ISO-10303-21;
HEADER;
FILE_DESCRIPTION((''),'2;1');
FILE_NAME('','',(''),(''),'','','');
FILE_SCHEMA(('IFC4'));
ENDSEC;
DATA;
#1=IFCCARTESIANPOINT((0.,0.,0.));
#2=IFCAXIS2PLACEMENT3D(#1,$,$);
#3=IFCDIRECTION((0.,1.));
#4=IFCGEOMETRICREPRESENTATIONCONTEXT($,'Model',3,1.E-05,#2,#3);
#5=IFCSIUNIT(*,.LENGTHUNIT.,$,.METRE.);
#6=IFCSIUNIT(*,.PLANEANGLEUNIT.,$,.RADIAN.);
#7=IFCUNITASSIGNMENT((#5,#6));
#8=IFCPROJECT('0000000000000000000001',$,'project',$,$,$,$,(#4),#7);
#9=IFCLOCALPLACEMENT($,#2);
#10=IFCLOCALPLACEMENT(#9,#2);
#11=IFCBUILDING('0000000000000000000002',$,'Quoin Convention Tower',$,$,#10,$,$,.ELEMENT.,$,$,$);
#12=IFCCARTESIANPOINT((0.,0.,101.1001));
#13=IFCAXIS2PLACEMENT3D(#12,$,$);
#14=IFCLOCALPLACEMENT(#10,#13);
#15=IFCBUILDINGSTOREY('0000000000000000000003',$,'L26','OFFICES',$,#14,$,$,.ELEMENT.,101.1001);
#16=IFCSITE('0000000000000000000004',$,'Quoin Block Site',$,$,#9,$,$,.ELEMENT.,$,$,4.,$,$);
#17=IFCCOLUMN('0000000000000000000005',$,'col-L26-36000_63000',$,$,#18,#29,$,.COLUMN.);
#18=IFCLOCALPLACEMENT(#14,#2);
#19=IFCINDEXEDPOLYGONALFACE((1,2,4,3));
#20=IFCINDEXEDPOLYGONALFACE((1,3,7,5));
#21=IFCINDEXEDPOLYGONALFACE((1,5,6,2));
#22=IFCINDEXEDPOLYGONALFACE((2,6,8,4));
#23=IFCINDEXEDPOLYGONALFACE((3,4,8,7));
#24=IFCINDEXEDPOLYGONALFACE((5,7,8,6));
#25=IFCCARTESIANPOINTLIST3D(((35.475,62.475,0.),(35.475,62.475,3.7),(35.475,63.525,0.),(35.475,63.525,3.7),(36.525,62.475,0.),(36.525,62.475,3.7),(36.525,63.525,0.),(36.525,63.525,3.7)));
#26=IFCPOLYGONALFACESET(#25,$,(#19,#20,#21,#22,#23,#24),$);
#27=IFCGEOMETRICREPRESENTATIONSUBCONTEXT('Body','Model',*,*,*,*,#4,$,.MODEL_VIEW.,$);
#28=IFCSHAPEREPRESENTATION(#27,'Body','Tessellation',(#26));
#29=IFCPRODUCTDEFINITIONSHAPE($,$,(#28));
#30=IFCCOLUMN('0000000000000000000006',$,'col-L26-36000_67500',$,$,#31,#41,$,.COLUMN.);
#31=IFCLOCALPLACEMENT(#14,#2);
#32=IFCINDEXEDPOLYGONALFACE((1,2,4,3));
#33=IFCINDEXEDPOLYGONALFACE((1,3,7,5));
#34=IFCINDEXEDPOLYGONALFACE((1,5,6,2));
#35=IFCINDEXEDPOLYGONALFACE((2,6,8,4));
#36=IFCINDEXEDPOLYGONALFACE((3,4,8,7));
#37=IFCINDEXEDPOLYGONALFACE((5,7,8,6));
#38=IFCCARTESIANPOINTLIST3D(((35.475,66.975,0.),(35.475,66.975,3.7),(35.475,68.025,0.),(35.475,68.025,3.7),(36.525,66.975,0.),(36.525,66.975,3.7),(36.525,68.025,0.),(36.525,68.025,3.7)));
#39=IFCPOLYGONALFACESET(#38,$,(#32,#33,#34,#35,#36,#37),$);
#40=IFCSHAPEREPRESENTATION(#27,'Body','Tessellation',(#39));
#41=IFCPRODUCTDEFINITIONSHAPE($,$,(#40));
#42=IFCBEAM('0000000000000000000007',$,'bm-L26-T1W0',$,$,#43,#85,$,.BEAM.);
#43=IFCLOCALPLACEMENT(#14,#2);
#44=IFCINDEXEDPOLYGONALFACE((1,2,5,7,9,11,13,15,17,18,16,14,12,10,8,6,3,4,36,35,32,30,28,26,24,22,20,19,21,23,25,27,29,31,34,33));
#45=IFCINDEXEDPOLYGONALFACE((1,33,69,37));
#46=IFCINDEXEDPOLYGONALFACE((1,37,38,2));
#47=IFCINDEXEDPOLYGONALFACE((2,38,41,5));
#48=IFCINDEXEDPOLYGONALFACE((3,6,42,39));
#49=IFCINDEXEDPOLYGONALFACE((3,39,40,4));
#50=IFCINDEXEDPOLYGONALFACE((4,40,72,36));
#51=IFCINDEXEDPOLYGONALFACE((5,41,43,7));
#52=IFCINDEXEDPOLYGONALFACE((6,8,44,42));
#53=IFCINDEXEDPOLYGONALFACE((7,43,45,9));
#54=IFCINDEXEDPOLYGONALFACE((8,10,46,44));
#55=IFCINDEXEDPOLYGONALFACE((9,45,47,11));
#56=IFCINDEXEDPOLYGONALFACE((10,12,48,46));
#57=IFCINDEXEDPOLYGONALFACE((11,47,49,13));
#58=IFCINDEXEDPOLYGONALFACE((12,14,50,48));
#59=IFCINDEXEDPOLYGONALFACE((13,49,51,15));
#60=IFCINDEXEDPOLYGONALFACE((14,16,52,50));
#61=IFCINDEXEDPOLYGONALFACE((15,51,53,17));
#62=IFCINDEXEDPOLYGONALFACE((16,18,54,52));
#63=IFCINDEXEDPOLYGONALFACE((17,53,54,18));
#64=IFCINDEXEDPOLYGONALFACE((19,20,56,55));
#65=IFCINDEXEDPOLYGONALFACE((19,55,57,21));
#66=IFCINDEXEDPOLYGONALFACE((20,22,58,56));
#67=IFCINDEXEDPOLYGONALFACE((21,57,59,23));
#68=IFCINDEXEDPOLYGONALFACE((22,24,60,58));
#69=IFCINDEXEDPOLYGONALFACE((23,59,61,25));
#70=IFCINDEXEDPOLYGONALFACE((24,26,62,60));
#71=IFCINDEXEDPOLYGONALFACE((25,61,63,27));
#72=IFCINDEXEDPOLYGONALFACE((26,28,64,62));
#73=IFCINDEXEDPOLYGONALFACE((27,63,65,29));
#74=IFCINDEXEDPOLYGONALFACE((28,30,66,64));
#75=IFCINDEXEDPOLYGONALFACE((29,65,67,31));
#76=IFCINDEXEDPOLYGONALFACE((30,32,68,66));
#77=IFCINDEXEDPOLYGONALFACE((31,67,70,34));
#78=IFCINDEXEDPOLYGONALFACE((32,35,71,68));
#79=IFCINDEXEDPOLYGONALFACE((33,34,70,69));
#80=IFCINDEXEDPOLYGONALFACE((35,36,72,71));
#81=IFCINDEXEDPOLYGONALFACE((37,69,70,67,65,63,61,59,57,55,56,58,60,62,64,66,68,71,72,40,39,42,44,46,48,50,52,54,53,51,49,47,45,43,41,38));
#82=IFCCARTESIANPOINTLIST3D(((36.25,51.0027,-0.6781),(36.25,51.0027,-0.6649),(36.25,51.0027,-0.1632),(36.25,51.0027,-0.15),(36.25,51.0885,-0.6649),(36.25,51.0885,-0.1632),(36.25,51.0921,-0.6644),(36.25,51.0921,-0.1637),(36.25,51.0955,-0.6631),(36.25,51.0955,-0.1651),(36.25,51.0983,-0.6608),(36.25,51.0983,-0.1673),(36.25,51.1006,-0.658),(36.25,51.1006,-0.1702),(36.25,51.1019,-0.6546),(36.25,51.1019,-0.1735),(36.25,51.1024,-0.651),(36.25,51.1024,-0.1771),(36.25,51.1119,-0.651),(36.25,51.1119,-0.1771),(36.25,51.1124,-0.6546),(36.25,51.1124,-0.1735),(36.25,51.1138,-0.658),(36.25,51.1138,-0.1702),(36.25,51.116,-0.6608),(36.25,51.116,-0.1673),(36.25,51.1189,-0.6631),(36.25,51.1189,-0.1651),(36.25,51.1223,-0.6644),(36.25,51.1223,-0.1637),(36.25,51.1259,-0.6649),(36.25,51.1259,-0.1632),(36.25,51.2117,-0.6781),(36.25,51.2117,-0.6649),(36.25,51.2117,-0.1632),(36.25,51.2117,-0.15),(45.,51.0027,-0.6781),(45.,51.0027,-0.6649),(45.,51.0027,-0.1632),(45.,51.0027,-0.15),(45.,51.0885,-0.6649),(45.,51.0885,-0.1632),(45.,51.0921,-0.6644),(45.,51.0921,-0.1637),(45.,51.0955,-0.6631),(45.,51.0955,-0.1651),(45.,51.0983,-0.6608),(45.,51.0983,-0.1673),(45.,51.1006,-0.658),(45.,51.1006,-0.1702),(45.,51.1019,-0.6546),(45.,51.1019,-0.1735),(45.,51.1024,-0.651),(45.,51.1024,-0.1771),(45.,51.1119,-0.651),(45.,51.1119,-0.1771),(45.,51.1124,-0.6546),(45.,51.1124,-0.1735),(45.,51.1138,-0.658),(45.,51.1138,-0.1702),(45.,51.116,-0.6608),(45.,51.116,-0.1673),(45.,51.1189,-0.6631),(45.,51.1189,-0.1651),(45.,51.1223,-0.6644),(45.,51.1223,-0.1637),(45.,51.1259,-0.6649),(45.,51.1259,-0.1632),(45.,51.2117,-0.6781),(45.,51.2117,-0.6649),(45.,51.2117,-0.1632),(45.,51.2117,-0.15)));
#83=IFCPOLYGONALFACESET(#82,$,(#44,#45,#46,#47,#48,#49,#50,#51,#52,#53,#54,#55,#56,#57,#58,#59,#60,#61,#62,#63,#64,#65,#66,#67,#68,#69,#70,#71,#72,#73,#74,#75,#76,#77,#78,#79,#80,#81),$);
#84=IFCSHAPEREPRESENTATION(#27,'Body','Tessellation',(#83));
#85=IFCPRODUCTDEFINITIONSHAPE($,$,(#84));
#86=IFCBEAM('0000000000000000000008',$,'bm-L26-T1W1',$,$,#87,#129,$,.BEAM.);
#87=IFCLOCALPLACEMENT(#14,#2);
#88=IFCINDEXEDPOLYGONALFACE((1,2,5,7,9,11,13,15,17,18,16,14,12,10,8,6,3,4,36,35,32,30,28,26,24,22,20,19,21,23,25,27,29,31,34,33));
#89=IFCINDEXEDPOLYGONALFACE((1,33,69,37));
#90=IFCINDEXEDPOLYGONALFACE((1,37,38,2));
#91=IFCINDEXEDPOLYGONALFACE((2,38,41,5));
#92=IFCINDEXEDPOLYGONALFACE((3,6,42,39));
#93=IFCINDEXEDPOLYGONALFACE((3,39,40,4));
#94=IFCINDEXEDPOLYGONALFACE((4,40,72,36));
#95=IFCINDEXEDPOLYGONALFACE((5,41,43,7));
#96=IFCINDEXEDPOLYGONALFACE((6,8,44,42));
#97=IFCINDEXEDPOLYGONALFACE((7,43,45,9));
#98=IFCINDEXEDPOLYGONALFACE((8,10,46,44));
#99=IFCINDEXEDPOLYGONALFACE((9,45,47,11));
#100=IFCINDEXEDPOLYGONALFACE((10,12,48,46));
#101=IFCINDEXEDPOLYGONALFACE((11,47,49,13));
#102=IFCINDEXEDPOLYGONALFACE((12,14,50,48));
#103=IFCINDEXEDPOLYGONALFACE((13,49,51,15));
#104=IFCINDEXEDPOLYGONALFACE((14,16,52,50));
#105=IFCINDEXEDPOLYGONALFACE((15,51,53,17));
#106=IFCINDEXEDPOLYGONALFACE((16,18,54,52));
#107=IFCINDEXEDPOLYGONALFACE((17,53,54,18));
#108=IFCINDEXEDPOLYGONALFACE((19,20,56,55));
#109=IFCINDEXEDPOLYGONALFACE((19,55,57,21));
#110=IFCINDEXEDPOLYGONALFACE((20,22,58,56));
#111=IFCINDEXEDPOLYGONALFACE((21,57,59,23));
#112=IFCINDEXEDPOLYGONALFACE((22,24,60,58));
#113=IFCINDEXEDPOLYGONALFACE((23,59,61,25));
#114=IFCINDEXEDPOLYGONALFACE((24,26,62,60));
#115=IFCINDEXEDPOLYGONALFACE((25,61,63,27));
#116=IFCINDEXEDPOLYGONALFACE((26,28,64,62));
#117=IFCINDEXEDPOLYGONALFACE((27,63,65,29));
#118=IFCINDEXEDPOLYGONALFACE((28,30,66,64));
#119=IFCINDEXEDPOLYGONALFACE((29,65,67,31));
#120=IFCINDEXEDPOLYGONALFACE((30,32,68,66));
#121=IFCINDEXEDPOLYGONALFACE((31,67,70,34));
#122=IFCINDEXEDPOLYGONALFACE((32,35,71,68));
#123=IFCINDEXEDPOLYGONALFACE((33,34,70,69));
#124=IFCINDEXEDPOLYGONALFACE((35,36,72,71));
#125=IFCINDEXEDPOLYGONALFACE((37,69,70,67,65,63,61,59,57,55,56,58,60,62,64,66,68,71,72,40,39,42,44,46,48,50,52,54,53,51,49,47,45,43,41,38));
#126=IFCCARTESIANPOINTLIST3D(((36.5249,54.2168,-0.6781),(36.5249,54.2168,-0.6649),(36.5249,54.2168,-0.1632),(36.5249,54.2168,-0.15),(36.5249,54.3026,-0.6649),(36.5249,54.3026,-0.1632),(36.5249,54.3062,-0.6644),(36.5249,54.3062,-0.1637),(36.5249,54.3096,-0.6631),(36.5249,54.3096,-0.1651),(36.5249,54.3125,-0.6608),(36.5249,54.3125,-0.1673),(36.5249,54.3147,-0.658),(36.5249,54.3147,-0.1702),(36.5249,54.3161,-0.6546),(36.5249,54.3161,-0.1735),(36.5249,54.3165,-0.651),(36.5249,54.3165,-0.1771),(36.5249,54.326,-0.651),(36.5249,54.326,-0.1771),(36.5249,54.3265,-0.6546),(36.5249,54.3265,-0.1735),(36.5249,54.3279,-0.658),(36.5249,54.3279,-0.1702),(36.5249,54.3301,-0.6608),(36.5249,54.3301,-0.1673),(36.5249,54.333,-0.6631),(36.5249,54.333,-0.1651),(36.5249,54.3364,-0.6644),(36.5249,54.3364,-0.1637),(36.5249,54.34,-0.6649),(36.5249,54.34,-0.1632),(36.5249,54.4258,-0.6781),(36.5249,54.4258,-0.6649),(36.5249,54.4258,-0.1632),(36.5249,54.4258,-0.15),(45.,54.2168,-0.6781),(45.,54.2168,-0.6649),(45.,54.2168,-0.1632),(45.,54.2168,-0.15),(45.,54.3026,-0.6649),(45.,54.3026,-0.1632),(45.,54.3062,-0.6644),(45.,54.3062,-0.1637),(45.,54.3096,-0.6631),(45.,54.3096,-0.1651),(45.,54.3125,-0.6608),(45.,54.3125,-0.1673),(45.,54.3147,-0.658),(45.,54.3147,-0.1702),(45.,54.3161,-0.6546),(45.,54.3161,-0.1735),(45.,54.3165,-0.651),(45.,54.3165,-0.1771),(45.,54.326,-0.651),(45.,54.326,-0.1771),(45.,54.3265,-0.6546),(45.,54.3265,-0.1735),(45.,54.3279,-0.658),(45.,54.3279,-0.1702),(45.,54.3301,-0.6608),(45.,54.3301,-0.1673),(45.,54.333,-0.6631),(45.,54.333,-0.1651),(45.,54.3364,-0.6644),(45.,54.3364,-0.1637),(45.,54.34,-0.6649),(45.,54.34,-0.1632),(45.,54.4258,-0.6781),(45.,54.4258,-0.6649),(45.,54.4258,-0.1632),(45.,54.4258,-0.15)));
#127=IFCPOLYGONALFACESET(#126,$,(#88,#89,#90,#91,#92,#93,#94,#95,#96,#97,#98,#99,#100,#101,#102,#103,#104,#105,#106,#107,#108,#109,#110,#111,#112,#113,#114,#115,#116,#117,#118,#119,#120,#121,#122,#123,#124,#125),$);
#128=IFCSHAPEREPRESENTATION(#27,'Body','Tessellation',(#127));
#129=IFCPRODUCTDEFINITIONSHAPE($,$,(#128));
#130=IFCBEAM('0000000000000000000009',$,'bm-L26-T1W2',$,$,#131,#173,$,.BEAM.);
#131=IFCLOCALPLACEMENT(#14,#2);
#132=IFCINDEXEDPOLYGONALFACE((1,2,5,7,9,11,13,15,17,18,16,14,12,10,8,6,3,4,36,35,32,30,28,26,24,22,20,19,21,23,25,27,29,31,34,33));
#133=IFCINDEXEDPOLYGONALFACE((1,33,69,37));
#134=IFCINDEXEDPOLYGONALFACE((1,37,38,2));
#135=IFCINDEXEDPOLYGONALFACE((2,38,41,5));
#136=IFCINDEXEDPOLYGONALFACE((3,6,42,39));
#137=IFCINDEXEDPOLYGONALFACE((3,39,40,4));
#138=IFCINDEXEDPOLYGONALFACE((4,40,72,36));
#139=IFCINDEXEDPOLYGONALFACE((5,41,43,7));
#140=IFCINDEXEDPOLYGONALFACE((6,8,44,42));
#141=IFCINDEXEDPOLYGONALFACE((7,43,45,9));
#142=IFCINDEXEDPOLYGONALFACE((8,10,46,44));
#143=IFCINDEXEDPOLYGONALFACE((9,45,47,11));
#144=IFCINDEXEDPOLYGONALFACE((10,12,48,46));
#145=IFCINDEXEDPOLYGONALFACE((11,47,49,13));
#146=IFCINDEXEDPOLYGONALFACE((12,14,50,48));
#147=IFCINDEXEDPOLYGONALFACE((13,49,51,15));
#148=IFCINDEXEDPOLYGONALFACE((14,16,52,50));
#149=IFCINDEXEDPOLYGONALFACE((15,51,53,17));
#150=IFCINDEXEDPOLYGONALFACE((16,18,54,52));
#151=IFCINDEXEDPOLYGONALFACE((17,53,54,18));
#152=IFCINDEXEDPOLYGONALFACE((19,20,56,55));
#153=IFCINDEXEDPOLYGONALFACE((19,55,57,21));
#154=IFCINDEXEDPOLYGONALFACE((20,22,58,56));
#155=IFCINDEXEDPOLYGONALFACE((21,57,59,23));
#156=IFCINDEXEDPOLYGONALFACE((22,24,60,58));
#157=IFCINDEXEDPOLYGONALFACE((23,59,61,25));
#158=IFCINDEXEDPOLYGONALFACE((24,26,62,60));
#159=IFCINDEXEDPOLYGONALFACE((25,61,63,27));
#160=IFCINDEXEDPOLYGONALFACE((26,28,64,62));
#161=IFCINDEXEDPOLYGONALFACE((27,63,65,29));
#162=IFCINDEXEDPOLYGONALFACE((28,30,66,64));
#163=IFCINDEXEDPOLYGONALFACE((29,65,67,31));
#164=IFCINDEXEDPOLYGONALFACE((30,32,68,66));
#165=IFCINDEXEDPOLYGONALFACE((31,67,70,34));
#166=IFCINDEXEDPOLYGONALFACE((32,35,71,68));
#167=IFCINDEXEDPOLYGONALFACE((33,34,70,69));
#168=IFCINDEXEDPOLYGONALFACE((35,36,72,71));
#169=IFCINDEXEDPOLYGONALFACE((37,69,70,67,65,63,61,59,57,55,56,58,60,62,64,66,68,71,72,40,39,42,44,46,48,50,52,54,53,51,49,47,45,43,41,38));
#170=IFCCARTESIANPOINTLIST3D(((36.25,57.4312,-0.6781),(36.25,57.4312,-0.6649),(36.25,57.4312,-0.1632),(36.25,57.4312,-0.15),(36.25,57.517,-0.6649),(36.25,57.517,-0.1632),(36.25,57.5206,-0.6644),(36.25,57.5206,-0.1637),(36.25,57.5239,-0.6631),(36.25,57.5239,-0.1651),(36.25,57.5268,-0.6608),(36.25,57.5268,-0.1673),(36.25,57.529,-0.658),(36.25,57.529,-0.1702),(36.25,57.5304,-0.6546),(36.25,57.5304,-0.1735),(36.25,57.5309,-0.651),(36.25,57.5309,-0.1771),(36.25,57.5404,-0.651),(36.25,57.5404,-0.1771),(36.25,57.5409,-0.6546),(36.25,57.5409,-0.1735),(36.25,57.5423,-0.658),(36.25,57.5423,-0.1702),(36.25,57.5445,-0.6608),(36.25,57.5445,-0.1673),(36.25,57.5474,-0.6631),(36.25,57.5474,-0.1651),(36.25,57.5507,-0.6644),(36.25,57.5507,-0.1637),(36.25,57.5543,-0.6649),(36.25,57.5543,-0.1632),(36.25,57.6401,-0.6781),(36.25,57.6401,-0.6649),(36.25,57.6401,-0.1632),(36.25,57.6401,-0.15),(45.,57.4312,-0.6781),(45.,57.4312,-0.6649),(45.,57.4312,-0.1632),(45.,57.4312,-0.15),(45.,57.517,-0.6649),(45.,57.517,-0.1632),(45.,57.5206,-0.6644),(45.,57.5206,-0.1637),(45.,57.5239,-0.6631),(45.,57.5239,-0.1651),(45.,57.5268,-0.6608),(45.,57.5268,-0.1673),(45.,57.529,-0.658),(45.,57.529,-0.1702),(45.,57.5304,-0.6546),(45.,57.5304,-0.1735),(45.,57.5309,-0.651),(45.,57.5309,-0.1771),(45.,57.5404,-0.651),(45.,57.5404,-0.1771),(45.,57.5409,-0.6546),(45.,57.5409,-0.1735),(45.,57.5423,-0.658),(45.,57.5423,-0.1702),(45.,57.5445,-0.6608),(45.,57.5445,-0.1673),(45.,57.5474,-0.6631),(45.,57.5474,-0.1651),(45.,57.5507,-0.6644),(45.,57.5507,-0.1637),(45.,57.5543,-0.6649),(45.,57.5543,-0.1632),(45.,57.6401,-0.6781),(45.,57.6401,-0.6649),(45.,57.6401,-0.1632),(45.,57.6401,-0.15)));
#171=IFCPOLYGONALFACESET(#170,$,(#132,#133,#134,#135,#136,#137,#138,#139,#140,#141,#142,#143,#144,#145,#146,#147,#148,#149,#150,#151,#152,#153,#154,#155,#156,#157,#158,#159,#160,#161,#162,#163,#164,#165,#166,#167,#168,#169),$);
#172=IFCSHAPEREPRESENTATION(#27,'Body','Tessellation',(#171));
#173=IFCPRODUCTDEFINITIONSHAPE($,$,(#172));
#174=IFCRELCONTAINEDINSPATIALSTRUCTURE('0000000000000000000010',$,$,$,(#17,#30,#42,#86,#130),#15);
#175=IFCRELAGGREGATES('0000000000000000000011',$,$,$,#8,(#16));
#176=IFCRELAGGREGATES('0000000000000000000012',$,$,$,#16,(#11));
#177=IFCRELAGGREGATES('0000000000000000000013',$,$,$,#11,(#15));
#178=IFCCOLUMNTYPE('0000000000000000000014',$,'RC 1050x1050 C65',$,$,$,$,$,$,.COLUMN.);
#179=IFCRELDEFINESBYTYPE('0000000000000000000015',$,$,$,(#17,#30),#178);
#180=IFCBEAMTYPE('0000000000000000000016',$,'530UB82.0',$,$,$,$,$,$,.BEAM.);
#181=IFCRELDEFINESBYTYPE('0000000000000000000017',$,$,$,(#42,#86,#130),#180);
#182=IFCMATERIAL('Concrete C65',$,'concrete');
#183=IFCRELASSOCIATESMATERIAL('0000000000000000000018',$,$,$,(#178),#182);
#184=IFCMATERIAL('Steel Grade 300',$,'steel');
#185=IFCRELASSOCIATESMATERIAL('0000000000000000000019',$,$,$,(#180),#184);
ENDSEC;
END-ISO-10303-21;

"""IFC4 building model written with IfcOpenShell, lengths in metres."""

from ifc_helpers import new_model, si_unit, direction, frame, origin, origin_2d, place, context, subcontext, project, spatial, rectangle, i_section, extrude, material, material_profile, profile_set, type_object, element, save


model = new_model("IFC4")

# Units and contexts
model_context = context("Model", 3, precision=1e-05, world=origin(), true_north=direction((0.0, 1.0)))
body_context = subcontext(model_context, "Body", "Model", "MODEL_VIEW")
ifc_project = project(units=[si_unit("LENGTHUNIT", "METRE"), si_unit("PLANEANGLEUNIT", "RADIAN")], contexts=[model_context])

# Site, building, storey
site_placement = place(None, origin())
site = spatial("IfcSite", under=ifc_project, at=site_placement, Name="Quoin Block Site", CompositionType="ELEMENT", RefElevation=4.0)
building_placement = place(site_placement, origin())
building = spatial("IfcBuilding", under=site, at=building_placement, Name="Quoin Convention Tower", CompositionType="ELEMENT")
storey_placement = place(building_placement, frame((0.0, 0.0, 101.1001)))
storey = spatial("IfcBuildingStorey", under=building, at=storey_placement, Name="L26", Description="OFFICES", CompositionType="ELEMENT", Elevation=101.1001)

# Columns
ifc_material_1 = material(Name="Concrete C65", Category="concrete")
ifc_material_profile_1 = material_profile(ifc_material_1, rectangle(XDim=1.05, YDim=1.05, at=origin_2d()), Name="RC 1050x1050")
ifc_profile_set_1 = profile_set([ifc_material_profile_1], Name="Concrete C65")
column_type = type_object("IfcColumnType", Name="RC 1050x1050 C65", PredefinedType="COLUMN", material=ifc_profile_set_1)
for number, where, z_axis, x_axis, name in (
    (1, (36.0, 63.0, 0.0), (0.0, 0.0, 1.0), (1.0, 0.0, 0.0), "col-L26-36000_63000"),
    (2, (36.0, 67.5, 0.0), (0.0, 0.0, 1.0), (1.0, 0.0, 0.0), "col-L26-36000_67500"),
):
    element("IfcColumn", number, at=place(storey_placement, frame(where, z_axis=z_axis, x_axis=x_axis)), inside=storey, type_object=column_type, Name=name, PredefinedType="COLUMN", context=body_context, shape_type="SweptSolid", body=[
        extrude(rectangle(XDim=1.05, YDim=1.05, at=origin_2d()), origin(), (0.0, 0.0, 1.0), 3.7),
    ])

# Beams
ifc_material_2 = material(Name="Steel Grade 300", Category="steel")
ifc_material_profile_2 = material_profile(ifc_material_2, i_section(OverallWidth=0.209, OverallDepth=0.5281, WebThickness=0.0095, FlangeThickness=0.0132, FilletRadius=0.0139, at=origin_2d()), Name="530UB82.0")
ifc_profile_set_2 = profile_set([ifc_material_profile_2], Name="Steel Grade 300")
beam_type_1 = type_object("IfcBeamType", Name="530UB82.0", PredefinedType="BEAM", material=ifc_profile_set_2)
beam_1_placement = place(storey_placement, frame((36.25, 51.1072, -0.4141), z_axis=(1.0, 0.0, 0.0), x_axis=(0.0, 1.0, 0.0)))
element("IfcBeam", 3, at=beam_1_placement, inside=storey, type_object=beam_type_1, Name="bm-L26-T1W0", PredefinedType="BEAM", context=body_context, shape_type="SweptSolid", body=[
    extrude(i_section(OverallWidth=0.209, OverallDepth=0.5281, WebThickness=0.0095, FlangeThickness=0.0132, FilletRadius=0.0139, at=origin_2d()), origin(), (0.0, 0.0, 1.0), 8.75),
])
beam_2_placement = place(storey_placement, frame((36.5249, 54.3213, -0.4141), z_axis=(1.0, 0.0, 0.0), x_axis=(0.0, 1.0, 0.0)))
element("IfcBeam", 4, at=beam_2_placement, inside=storey, type_object=beam_type_1, Name="bm-L26-T1W1", PredefinedType="BEAM", context=body_context, shape_type="SweptSolid", body=[
    extrude(i_section(OverallWidth=0.209, OverallDepth=0.5281, WebThickness=0.0095, FlangeThickness=0.0132, FilletRadius=0.0139, at=origin_2d()), origin(), (0.0, 0.0, 1.0), 8.4751),
])
for number, where, z_axis, x_axis, name in (
    (5, (36.25, 57.5356, -0.4141), (1.0, 0.0, 0.0), (0.0, 1.0, 0.0), "bm-L26-T1W2"),
):
    element("IfcBeam", number, at=place(storey_placement, frame(where, z_axis=z_axis, x_axis=x_axis)), inside=storey, type_object=beam_type_1, Name=name, PredefinedType="BEAM", context=body_context, shape_type="SweptSolid", body=[
        extrude(i_section(OverallWidth=0.209, OverallDepth=0.5281, WebThickness=0.0095, FlangeThickness=0.0132, FilletRadius=0.0139, at=origin_2d()), origin(), (0.0, 0.0, 1.0), 8.75),
    ])

save(model, "model.ifc")
